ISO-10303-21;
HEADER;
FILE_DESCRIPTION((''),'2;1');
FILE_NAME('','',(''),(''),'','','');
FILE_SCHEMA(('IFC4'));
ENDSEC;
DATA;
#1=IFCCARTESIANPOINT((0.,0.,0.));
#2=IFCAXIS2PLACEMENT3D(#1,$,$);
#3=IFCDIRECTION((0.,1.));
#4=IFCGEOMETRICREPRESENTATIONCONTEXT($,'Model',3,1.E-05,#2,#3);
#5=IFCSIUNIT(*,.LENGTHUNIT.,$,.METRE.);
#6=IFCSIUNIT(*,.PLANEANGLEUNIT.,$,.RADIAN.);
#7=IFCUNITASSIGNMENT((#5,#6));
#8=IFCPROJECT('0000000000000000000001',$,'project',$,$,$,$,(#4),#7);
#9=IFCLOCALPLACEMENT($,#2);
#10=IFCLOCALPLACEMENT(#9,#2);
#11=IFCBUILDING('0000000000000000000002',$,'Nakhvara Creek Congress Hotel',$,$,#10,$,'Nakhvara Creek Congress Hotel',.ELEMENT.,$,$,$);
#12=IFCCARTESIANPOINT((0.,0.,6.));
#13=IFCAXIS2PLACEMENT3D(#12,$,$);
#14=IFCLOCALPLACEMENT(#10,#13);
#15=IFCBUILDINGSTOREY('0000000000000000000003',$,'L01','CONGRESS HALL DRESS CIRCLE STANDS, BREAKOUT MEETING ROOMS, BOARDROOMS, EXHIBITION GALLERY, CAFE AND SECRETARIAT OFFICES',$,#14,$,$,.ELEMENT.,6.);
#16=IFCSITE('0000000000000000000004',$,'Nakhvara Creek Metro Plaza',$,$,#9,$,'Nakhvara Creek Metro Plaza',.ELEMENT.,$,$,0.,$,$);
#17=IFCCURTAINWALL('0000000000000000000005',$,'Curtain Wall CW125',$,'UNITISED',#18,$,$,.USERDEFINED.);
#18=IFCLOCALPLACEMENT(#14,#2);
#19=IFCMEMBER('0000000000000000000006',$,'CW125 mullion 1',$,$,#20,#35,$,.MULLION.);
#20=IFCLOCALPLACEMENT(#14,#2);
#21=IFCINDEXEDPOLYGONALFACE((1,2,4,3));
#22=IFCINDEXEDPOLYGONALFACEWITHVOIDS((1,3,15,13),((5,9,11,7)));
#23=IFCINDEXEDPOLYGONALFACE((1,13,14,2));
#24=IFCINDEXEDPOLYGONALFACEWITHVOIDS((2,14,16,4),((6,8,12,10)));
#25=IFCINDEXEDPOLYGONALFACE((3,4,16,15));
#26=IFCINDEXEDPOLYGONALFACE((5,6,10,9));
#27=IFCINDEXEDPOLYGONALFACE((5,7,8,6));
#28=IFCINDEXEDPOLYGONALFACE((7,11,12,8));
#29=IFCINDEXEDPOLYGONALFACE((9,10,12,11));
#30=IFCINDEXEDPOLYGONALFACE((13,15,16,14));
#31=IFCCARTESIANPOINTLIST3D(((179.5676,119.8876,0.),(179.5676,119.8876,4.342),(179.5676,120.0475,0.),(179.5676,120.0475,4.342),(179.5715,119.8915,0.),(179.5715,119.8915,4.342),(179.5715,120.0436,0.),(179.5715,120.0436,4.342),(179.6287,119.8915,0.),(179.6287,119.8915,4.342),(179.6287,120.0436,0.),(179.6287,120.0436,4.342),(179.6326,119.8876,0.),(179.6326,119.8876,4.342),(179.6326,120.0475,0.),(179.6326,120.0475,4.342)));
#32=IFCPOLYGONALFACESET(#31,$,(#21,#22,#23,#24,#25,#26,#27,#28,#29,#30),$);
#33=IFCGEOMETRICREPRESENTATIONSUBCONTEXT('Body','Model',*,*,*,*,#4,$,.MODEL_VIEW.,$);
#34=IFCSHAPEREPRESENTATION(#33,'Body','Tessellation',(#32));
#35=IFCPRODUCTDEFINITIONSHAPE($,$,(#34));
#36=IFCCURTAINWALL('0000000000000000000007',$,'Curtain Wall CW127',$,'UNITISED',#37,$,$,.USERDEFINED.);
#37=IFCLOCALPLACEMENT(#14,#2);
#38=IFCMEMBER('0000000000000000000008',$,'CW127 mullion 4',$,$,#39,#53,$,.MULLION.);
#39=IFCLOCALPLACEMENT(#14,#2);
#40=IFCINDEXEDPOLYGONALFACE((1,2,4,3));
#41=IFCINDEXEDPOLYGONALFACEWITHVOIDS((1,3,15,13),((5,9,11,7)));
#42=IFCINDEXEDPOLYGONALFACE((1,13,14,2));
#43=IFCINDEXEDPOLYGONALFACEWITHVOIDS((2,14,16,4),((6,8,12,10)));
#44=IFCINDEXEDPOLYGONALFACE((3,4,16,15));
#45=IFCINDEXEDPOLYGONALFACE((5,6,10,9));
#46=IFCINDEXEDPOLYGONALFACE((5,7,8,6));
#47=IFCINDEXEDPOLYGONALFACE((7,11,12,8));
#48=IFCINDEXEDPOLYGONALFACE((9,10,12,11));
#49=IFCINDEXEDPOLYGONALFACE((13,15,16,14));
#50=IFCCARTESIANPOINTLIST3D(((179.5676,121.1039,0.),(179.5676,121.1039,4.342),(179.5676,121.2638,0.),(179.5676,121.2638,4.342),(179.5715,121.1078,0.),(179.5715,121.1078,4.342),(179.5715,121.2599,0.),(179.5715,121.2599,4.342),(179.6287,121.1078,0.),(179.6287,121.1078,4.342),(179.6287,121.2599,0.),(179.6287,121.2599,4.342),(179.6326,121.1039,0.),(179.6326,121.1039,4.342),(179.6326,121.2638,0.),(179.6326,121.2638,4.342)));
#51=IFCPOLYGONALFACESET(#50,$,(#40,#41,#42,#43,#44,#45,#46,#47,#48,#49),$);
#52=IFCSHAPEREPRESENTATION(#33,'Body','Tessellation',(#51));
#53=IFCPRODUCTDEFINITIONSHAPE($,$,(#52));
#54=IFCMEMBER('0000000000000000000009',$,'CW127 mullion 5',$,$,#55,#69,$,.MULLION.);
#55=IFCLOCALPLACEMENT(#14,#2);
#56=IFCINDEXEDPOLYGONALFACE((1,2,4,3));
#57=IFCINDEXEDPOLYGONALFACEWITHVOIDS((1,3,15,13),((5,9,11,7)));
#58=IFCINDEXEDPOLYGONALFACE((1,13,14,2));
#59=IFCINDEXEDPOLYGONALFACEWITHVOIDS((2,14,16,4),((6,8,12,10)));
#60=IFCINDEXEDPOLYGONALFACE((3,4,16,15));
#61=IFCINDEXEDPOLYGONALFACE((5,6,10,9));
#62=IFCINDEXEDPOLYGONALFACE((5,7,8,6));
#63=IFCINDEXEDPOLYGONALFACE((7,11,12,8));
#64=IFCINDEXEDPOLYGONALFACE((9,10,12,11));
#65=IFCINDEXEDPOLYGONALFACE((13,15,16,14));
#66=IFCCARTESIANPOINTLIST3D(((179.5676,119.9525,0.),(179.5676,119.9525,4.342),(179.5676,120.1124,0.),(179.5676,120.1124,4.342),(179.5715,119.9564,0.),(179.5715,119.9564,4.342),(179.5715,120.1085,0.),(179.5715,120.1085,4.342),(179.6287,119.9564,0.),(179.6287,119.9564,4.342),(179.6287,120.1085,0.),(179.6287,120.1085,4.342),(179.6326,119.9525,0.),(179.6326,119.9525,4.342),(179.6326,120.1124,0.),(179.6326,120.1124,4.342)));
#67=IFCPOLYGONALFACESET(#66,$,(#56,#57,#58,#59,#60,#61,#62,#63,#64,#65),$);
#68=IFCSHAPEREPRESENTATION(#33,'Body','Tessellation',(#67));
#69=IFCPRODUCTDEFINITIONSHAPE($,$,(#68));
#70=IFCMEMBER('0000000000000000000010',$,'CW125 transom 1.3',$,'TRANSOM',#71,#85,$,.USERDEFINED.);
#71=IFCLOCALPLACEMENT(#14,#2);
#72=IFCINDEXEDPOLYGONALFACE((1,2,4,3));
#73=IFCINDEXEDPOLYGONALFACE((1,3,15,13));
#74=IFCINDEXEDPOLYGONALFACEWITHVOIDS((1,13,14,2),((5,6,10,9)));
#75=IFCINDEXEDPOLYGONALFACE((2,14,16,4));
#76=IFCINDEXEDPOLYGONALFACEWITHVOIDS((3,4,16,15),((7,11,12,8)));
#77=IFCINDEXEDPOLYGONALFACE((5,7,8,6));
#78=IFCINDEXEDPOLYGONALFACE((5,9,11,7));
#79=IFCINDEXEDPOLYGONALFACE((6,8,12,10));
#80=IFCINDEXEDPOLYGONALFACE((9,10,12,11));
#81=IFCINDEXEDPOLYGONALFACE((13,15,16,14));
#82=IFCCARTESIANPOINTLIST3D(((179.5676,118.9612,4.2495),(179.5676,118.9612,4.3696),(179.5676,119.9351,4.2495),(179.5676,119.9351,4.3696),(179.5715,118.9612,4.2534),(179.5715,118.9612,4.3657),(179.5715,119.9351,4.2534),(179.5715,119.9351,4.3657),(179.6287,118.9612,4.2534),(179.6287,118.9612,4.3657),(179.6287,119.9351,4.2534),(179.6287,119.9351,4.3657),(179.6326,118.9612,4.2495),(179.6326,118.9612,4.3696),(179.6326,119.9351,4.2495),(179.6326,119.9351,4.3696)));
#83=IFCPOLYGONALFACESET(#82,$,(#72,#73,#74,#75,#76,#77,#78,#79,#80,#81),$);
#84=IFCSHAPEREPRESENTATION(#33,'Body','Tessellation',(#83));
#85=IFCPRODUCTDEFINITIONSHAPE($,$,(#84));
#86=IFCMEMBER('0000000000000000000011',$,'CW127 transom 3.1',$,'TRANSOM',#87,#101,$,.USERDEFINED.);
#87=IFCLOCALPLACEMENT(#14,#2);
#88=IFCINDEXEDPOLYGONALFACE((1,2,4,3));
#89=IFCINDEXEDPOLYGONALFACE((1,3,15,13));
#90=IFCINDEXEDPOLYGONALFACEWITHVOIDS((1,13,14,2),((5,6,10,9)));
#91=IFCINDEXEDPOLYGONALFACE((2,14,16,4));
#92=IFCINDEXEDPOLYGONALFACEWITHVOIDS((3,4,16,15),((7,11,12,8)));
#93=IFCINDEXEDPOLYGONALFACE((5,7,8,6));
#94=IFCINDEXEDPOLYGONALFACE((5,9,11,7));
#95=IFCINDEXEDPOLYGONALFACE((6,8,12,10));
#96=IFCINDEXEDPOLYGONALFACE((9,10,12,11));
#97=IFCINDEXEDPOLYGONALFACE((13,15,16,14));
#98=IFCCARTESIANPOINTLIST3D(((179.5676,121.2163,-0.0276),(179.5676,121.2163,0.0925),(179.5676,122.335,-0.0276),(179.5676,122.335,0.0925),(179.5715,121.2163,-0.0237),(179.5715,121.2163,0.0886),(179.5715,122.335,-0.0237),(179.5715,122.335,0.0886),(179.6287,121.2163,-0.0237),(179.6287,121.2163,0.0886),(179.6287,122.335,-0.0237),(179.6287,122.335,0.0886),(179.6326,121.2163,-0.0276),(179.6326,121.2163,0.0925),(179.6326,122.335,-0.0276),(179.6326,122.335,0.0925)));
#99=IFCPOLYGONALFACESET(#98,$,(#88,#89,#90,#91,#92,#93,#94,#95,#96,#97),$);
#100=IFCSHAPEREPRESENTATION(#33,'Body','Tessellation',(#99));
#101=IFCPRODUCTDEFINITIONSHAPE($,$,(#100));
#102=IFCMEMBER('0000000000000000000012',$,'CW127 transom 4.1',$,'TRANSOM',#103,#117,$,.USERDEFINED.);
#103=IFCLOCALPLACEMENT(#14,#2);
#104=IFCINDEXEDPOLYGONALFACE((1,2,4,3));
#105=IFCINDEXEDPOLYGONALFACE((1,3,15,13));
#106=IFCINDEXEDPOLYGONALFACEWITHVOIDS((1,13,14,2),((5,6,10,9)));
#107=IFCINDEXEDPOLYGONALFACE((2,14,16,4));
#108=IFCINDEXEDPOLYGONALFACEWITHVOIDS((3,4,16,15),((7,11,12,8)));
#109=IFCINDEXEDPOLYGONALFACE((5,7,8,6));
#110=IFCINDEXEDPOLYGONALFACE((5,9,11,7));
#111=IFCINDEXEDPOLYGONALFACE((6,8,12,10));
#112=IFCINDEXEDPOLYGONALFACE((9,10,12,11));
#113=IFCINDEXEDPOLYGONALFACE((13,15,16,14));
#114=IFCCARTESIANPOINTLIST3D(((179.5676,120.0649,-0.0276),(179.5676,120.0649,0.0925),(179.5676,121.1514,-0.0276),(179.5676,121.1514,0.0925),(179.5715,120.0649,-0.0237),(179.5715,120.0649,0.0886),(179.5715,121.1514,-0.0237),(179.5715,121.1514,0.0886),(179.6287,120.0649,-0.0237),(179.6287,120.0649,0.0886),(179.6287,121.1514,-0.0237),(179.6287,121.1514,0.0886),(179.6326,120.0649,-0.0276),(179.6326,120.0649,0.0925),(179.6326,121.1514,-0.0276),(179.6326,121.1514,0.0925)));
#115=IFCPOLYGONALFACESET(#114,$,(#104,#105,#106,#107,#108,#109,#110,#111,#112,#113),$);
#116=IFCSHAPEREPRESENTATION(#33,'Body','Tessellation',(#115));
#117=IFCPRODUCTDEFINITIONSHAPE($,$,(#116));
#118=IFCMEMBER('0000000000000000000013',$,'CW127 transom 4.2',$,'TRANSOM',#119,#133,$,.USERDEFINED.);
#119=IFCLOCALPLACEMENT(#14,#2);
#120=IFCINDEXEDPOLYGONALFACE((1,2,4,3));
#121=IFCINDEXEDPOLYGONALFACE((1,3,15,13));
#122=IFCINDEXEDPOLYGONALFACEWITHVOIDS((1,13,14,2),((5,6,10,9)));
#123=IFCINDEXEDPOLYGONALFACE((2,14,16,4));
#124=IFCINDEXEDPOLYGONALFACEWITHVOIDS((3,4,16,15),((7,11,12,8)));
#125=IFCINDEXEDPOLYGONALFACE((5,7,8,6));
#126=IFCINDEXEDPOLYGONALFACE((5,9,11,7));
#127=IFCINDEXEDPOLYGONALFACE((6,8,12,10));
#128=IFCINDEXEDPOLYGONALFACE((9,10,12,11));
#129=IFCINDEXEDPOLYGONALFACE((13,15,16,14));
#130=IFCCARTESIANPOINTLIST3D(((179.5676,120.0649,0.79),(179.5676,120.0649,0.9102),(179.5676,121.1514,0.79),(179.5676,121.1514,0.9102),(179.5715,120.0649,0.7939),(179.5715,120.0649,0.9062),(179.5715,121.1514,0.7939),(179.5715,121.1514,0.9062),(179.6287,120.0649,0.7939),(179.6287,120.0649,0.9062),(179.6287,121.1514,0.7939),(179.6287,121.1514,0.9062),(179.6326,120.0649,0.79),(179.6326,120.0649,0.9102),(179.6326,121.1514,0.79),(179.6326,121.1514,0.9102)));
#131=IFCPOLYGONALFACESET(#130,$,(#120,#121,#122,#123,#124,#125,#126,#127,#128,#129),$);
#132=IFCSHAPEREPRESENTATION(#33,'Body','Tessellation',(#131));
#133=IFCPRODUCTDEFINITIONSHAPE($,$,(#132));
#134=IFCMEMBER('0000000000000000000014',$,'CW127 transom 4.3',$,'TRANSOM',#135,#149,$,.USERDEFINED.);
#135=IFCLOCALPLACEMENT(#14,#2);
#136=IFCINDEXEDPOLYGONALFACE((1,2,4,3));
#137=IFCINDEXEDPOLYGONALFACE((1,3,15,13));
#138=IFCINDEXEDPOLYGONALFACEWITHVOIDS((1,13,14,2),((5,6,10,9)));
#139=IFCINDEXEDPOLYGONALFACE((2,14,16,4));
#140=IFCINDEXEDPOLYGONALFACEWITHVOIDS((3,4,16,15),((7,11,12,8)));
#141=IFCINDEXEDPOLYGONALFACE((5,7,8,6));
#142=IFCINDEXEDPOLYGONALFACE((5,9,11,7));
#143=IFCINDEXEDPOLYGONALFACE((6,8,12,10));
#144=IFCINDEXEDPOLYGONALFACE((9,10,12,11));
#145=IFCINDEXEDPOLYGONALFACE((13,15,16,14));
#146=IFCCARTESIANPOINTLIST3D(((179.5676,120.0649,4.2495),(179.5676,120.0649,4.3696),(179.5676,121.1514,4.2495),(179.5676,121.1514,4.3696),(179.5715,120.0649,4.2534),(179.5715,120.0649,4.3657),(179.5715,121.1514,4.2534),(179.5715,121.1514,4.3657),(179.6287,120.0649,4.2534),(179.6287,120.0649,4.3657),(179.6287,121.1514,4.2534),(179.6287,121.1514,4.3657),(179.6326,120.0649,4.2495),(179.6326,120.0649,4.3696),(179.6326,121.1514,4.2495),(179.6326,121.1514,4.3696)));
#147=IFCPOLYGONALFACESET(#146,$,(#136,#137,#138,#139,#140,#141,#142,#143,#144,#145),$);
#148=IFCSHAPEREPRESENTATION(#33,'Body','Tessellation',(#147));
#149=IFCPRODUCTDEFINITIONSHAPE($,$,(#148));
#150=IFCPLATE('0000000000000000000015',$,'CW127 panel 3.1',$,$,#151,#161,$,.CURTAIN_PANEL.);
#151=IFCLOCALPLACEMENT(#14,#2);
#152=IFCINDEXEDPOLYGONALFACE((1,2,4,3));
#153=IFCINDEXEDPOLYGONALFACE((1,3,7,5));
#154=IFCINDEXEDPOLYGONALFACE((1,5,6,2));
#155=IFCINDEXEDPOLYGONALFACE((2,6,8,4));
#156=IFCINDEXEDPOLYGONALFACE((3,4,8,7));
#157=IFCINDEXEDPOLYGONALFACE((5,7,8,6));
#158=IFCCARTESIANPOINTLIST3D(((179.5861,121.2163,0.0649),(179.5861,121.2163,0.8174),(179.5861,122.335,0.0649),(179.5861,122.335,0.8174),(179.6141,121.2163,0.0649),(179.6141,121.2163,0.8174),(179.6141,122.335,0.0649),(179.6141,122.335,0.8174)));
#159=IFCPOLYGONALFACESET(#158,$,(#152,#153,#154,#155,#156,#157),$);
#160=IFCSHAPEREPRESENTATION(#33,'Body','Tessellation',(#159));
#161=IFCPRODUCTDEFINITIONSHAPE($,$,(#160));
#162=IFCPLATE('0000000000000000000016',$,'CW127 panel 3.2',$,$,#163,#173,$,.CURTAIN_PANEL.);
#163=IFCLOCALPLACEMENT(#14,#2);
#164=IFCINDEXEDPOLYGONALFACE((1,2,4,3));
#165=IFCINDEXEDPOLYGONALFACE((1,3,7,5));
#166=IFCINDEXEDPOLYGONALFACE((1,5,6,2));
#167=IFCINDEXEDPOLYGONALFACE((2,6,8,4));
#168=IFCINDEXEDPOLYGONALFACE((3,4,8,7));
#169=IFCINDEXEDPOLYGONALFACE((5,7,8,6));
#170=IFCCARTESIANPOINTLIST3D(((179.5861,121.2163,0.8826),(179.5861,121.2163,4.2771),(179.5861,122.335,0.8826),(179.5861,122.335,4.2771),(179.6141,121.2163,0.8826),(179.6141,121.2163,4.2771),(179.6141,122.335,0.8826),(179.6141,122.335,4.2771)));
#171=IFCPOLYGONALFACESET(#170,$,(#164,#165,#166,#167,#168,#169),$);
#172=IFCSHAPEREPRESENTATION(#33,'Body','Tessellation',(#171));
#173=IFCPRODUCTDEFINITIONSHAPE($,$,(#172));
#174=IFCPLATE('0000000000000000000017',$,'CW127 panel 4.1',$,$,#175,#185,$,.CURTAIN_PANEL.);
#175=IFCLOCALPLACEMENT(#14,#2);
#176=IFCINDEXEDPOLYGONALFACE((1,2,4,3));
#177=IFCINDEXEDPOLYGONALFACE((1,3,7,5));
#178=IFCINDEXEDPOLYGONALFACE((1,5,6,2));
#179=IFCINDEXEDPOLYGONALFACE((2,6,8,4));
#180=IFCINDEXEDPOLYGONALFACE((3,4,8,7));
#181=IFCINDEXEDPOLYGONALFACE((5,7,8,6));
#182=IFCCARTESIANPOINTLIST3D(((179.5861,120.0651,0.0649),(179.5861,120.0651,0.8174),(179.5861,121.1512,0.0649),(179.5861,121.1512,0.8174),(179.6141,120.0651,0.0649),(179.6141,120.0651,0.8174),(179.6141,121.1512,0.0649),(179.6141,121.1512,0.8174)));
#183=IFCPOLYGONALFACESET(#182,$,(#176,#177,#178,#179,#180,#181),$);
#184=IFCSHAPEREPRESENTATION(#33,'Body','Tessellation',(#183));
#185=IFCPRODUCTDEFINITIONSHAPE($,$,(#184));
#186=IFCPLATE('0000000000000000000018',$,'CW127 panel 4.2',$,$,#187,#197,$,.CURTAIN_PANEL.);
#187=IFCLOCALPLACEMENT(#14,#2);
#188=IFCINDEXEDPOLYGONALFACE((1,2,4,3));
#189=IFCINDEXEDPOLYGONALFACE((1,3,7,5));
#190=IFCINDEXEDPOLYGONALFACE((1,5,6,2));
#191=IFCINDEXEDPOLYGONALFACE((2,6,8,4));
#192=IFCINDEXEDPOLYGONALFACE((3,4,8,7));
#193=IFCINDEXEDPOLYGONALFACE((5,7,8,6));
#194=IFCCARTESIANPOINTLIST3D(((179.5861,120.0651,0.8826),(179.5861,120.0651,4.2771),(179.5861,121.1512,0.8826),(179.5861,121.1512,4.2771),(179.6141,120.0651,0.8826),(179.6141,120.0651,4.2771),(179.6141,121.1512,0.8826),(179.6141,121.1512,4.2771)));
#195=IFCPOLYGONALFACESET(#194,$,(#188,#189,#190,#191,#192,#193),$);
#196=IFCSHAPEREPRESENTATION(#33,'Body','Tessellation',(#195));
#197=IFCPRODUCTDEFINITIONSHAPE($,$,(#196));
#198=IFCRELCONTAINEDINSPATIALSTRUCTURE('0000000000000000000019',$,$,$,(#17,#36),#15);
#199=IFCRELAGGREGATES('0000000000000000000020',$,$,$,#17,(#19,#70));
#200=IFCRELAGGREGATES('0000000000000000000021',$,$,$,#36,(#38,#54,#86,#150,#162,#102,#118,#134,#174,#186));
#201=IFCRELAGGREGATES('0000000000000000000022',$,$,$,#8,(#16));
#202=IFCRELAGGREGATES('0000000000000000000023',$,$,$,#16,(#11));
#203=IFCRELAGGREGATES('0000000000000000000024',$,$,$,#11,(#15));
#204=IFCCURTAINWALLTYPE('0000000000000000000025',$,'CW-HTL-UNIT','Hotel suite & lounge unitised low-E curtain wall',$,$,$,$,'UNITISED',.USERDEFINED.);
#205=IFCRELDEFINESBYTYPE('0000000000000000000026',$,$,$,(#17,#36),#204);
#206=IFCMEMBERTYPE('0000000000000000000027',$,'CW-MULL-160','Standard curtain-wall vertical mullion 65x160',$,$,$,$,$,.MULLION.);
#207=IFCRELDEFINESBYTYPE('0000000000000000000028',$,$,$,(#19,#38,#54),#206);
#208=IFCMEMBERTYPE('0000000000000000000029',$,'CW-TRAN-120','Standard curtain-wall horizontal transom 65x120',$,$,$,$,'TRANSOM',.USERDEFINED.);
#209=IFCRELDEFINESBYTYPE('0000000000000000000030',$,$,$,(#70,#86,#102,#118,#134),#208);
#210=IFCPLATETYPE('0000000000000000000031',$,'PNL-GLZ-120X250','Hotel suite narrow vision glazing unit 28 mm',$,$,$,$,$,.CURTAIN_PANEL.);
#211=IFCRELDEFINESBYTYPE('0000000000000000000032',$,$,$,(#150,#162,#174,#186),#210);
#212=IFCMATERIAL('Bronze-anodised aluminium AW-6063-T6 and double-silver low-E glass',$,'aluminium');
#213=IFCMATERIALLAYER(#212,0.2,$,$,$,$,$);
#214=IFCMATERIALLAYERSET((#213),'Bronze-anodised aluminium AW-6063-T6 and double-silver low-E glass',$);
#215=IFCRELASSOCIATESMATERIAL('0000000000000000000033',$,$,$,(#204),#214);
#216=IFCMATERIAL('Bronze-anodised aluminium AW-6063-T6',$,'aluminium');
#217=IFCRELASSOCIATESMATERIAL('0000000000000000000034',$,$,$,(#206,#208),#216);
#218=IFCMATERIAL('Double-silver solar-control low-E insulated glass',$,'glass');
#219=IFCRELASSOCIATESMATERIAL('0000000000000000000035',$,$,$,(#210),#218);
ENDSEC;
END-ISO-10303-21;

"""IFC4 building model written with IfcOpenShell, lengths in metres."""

from ifc_helpers import new_model, si_unit, direction, frame, origin, origin_2d, place, context, subcontext, project, spatial, rectangle, hollow_rectangle, extrude, material, layer, layer_set, material_profile, profile_set, type_object, element, aggregate, save


model = new_model("IFC4")

# Units and contexts
model_context = context("Model", 3, precision=1e-05, world=origin(), true_north=direction((0.0, 1.0)))
body_context = subcontext(model_context, "Body", "Model", "MODEL_VIEW")
ifc_project = project(units=[si_unit("LENGTHUNIT", "METRE"), si_unit("PLANEANGLEUNIT", "RADIAN")], contexts=[model_context])

# Site, building, storey
site_placement = place(None, origin())
site = spatial("IfcSite", under=ifc_project, at=site_placement, Name="Nakhvara Creek Metro Plaza", LongName="Nakhvara Creek Metro Plaza", CompositionType="ELEMENT", RefElevation=0.0)
building_placement = place(site_placement, origin())
building = spatial("IfcBuilding", under=site, at=building_placement, Name="Nakhvara Creek Congress Hotel", LongName="Nakhvara Creek Congress Hotel", CompositionType="ELEMENT")
storey_placement = place(building_placement, frame((0.0, 0.0, 6.0)))
storey = spatial("IfcBuildingStorey", under=building, at=storey_placement, Name="L01", Description="CONGRESS HALL DRESS CIRCLE STANDS, BREAKOUT MEETING ROOMS, BOARDROOMS, EXHIBITION GALLERY, CAFE AND SECRETARIAT OFFICES", CompositionType="ELEMENT", Elevation=6.0)

# Curtain wall, member
ifc_material_1 = material(Name="Bronze-anodised aluminium AW-6063-T6 and double-silver low-E glass", Category="aluminium")
ifc_layer_1 = layer(ifc_material_1, 0.2)
ifc_layer_set_1 = layer_set([ifc_layer_1], Name="Bronze-anodised aluminium AW-6063-T6 and double-silver low-E glass")
curtain_wall_type = type_object("IfcCurtainWallType", Name="CW-HTL-UNIT", Description="Hotel suite & lounge unitised low-E curtain wall", ElementType="UNITISED", PredefinedType="USERDEFINED", material=ifc_layer_set_1)
curtain_wall_1_placement = place(storey_placement, origin())
curtain_wall_1 = element("IfcCurtainWall", 1, at=curtain_wall_1_placement, inside=storey, type_object=curtain_wall_type, Name="Curtain Wall CW125", ObjectType="UNITISED", PredefinedType="USERDEFINED")
ifc_material_2 = material(Name="Bronze-anodised aluminium AW-6063-T6", Category="aluminium")
ifc_material_profile_1 = material_profile(ifc_material_2, hollow_rectangle(XDim=0.0649, YDim=0.1599, WallThickness=0.0039, at=origin_2d()), Name="ALU-MULL 65x160x4", Category="LoadBearing")
ifc_profile_set_1 = profile_set([ifc_material_profile_1], Name="Bronze-anodised aluminium AW-6063-T6")
member_type_1 = type_object("IfcMemberType", Name="CW-MULL-160", Description="Standard curtain-wall vertical mullion 65x160", PredefinedType="MULLION", material=ifc_profile_set_1)
member_1_placement = place(storey_placement, frame((179.6001, 119.9675, 0.0), z_axis=(0.0, 0.0, 1.0), x_axis=(1.0, 0.0, 0.0)))
member_1 = element("IfcMember", 2, at=member_1_placement, type_object=member_type_1, Name="CW125 mullion 1", PredefinedType="MULLION", context=body_context, shape_type="SweptSolid", body=[
    extrude(hollow_rectangle(XDim=0.0649, YDim=0.1599, WallThickness=0.0039, at=origin_2d()), origin(), (0.0, 0.0, 1.0), 4.342),
])

# Curtain wall, members
curtain_wall_2_placement = place(storey_placement, origin())
curtain_wall_2 = element("IfcCurtainWall", 3, at=curtain_wall_2_placement, inside=storey, type_object=curtain_wall_type, Name="Curtain Wall CW127", ObjectType="UNITISED", PredefinedType="USERDEFINED")
member_2_placement = place(storey_placement, frame((179.6001, 121.1838, 0.0), z_axis=(0.0, 0.0, 1.0), x_axis=(1.0, 0.0, 0.0)))
member_2 = element("IfcMember", 4, at=member_2_placement, type_object=member_type_1, Name="CW127 mullion 4", PredefinedType="MULLION", context=body_context, shape_type="SweptSolid", body=[
    extrude(hollow_rectangle(XDim=0.0649, YDim=0.1599, WallThickness=0.0039, at=origin_2d()), origin(), (0.0, 0.0, 1.0), 4.342),
])
member_3_placement = place(storey_placement, frame((179.6001, 120.0325, 0.0), z_axis=(0.0, 0.0, 1.0), x_axis=(1.0, 0.0, 0.0)))
member_3 = element("IfcMember", 5, at=member_3_placement, type_object=member_type_1, Name="CW127 mullion 5", PredefinedType="MULLION", context=body_context, shape_type="SweptSolid", body=[
    extrude(hollow_rectangle(XDim=0.0649, YDim=0.1599, WallThickness=0.0039, at=origin_2d()), origin(), (0.0, 0.0, 1.0), 4.342),
])

# Members
ifc_material_profile_2 = material_profile(ifc_material_2, hollow_rectangle(XDim=0.0649, YDim=0.1201, WallThickness=0.0039, at=origin_2d()), Name="ALU-TRAN 65x120x4", Category="LoadBearing")
ifc_profile_set_2 = profile_set([ifc_material_profile_2], Name="Bronze-anodised aluminium AW-6063-T6")
member_type_2 = type_object("IfcMemberType", Name="CW-TRAN-120", Description="Standard curtain-wall horizontal transom 65x120", ElementType="TRANSOM", PredefinedType="USERDEFINED", material=ifc_profile_set_2)
member_4_placement = place(storey_placement, frame((179.6001, 119.9351, 4.3096), z_axis=(0.0, -1.0, 0.0), x_axis=(1.0, 0.0, 0.0)))
member_4 = element("IfcMember", 6, at=member_4_placement, type_object=member_type_2, Name="CW125 transom 1.3", ObjectType="TRANSOM", PredefinedType="USERDEFINED", context=body_context, shape_type="SweptSolid", body=[
    extrude(hollow_rectangle(XDim=0.0649, YDim=0.1201, WallThickness=0.0039, at=origin_2d()), origin(), (0.0, 0.0, 1.0), 0.9739),
])
aggregate(curtain_wall_1, [member_1, member_4])
member_5_placement = place(storey_placement, frame((179.6001, 122.335, 0.0325), z_axis=(0.0, -1.0, 0.0), x_axis=(1.0, 0.0, 0.0)))
member_5 = element("IfcMember", 7, at=member_5_placement, type_object=member_type_2, Name="CW127 transom 3.1", ObjectType="TRANSOM", PredefinedType="USERDEFINED", context=body_context, shape_type="SweptSolid", body=[
    extrude(hollow_rectangle(XDim=0.0649, YDim=0.1201, WallThickness=0.0039, at=origin_2d()), origin(), (0.0, 0.0, 1.0), 1.1187),
])
member_6_placement = place(storey_placement, frame((179.6001, 121.1514, 0.0325), z_axis=(0.0, -1.0, 0.0), x_axis=(1.0, 0.0, 0.0)))
member_6 = element("IfcMember", 8, at=member_6_placement, type_object=member_type_2, Name="CW127 transom 4.1", ObjectType="TRANSOM", PredefinedType="USERDEFINED", context=body_context, shape_type="SweptSolid", body=[
    extrude(hollow_rectangle(XDim=0.0649, YDim=0.1201, WallThickness=0.0039, at=origin_2d()), origin(), (0.0, 0.0, 1.0), 1.0864),
])
member_7_placement = place(storey_placement, frame((179.6001, 121.1514, 0.8501), z_axis=(0.0, -1.0, 0.0), x_axis=(1.0, 0.0, 0.0)))
member_7 = element("IfcMember", 9, at=member_7_placement, type_object=member_type_2, Name="CW127 transom 4.2", ObjectType="TRANSOM", PredefinedType="USERDEFINED", context=body_context, shape_type="SweptSolid", body=[
    extrude(hollow_rectangle(XDim=0.0649, YDim=0.1201, WallThickness=0.0039, at=origin_2d()), origin(), (0.0, 0.0, 1.0), 1.0864),
])
member_8_placement = place(storey_placement, frame((179.6001, 121.1514, 4.3096), z_axis=(0.0, -1.0, 0.0), x_axis=(1.0, 0.0, 0.0)))
member_8 = element("IfcMember", 10, at=member_8_placement, type_object=member_type_2, Name="CW127 transom 4.3", ObjectType="TRANSOM", PredefinedType="USERDEFINED", context=body_context, shape_type="SweptSolid", body=[
    extrude(hollow_rectangle(XDim=0.0649, YDim=0.1201, WallThickness=0.0039, at=origin_2d()), origin(), (0.0, 0.0, 1.0), 1.0864),
])

# Plates
ifc_material_3 = material(Name="Double-silver solar-control low-E insulated glass", Category="glass")
plate_type = type_object("IfcPlateType", Name="PNL-GLZ-120X250", Description="Hotel suite narrow vision glazing unit 28 mm", PredefinedType="CURTAIN_PANEL", material=ifc_material_3)
plate_1_placement = place(storey_placement, frame((179.6001, 121.7756, 0.0649), z_axis=(0.0, 0.0, 1.0), x_axis=(0.0, -1.0, 0.0)))
plate_1 = element("IfcPlate", 11, at=plate_1_placement, type_object=plate_type, Name="CW127 panel 3.1", PredefinedType="CURTAIN_PANEL", context=body_context, shape_type="SweptSolid", body=[
    extrude(rectangle(XDim=1.1187, YDim=0.0281, at=origin_2d()), origin(), (0.0, 0.0, 1.0), 0.7524),
])
plate_2_placement = place(storey_placement, frame((179.6001, 121.7756, 0.8826), z_axis=(0.0, 0.0, 1.0), x_axis=(0.0, -1.0, 0.0)))
plate_2 = element("IfcPlate", 12, at=plate_2_placement, type_object=plate_type, Name="CW127 panel 3.2", PredefinedType="CURTAIN_PANEL", context=body_context, shape_type="SweptSolid", body=[
    extrude(rectangle(XDim=1.1187, YDim=0.0281, at=origin_2d()), origin(), (0.0, 0.0, 1.0), 3.3945),
])
plate_3_placement = place(storey_placement, frame((179.6001, 120.6082, 0.0649), z_axis=(0.0, 0.0, 1.0), x_axis=(0.0, -1.0, 0.0)))
plate_3 = element("IfcPlate", 13, at=plate_3_placement, type_object=plate_type, Name="CW127 panel 4.1", PredefinedType="CURTAIN_PANEL", context=body_context, shape_type="SweptSolid", body=[
    extrude(rectangle(XDim=1.0862, YDim=0.0281, at=origin_2d()), origin(), (0.0, 0.0, 1.0), 0.7524),
])
plate_4_placement = place(storey_placement, frame((179.6001, 120.6082, 0.8826), z_axis=(0.0, 0.0, 1.0), x_axis=(0.0, -1.0, 0.0)))
plate_4 = element("IfcPlate", 14, at=plate_4_placement, type_object=plate_type, Name="CW127 panel 4.2", PredefinedType="CURTAIN_PANEL", context=body_context, shape_type="SweptSolid", body=[
    extrude(rectangle(XDim=1.0862, YDim=0.0281, at=origin_2d()), origin(), (0.0, 0.0, 1.0), 3.3945),
])
aggregate(curtain_wall_2, [member_2, member_3, member_5, plate_1, plate_2, member_6, member_7, member_8, plate_3, plate_4])

save(model, "model.ifc")
